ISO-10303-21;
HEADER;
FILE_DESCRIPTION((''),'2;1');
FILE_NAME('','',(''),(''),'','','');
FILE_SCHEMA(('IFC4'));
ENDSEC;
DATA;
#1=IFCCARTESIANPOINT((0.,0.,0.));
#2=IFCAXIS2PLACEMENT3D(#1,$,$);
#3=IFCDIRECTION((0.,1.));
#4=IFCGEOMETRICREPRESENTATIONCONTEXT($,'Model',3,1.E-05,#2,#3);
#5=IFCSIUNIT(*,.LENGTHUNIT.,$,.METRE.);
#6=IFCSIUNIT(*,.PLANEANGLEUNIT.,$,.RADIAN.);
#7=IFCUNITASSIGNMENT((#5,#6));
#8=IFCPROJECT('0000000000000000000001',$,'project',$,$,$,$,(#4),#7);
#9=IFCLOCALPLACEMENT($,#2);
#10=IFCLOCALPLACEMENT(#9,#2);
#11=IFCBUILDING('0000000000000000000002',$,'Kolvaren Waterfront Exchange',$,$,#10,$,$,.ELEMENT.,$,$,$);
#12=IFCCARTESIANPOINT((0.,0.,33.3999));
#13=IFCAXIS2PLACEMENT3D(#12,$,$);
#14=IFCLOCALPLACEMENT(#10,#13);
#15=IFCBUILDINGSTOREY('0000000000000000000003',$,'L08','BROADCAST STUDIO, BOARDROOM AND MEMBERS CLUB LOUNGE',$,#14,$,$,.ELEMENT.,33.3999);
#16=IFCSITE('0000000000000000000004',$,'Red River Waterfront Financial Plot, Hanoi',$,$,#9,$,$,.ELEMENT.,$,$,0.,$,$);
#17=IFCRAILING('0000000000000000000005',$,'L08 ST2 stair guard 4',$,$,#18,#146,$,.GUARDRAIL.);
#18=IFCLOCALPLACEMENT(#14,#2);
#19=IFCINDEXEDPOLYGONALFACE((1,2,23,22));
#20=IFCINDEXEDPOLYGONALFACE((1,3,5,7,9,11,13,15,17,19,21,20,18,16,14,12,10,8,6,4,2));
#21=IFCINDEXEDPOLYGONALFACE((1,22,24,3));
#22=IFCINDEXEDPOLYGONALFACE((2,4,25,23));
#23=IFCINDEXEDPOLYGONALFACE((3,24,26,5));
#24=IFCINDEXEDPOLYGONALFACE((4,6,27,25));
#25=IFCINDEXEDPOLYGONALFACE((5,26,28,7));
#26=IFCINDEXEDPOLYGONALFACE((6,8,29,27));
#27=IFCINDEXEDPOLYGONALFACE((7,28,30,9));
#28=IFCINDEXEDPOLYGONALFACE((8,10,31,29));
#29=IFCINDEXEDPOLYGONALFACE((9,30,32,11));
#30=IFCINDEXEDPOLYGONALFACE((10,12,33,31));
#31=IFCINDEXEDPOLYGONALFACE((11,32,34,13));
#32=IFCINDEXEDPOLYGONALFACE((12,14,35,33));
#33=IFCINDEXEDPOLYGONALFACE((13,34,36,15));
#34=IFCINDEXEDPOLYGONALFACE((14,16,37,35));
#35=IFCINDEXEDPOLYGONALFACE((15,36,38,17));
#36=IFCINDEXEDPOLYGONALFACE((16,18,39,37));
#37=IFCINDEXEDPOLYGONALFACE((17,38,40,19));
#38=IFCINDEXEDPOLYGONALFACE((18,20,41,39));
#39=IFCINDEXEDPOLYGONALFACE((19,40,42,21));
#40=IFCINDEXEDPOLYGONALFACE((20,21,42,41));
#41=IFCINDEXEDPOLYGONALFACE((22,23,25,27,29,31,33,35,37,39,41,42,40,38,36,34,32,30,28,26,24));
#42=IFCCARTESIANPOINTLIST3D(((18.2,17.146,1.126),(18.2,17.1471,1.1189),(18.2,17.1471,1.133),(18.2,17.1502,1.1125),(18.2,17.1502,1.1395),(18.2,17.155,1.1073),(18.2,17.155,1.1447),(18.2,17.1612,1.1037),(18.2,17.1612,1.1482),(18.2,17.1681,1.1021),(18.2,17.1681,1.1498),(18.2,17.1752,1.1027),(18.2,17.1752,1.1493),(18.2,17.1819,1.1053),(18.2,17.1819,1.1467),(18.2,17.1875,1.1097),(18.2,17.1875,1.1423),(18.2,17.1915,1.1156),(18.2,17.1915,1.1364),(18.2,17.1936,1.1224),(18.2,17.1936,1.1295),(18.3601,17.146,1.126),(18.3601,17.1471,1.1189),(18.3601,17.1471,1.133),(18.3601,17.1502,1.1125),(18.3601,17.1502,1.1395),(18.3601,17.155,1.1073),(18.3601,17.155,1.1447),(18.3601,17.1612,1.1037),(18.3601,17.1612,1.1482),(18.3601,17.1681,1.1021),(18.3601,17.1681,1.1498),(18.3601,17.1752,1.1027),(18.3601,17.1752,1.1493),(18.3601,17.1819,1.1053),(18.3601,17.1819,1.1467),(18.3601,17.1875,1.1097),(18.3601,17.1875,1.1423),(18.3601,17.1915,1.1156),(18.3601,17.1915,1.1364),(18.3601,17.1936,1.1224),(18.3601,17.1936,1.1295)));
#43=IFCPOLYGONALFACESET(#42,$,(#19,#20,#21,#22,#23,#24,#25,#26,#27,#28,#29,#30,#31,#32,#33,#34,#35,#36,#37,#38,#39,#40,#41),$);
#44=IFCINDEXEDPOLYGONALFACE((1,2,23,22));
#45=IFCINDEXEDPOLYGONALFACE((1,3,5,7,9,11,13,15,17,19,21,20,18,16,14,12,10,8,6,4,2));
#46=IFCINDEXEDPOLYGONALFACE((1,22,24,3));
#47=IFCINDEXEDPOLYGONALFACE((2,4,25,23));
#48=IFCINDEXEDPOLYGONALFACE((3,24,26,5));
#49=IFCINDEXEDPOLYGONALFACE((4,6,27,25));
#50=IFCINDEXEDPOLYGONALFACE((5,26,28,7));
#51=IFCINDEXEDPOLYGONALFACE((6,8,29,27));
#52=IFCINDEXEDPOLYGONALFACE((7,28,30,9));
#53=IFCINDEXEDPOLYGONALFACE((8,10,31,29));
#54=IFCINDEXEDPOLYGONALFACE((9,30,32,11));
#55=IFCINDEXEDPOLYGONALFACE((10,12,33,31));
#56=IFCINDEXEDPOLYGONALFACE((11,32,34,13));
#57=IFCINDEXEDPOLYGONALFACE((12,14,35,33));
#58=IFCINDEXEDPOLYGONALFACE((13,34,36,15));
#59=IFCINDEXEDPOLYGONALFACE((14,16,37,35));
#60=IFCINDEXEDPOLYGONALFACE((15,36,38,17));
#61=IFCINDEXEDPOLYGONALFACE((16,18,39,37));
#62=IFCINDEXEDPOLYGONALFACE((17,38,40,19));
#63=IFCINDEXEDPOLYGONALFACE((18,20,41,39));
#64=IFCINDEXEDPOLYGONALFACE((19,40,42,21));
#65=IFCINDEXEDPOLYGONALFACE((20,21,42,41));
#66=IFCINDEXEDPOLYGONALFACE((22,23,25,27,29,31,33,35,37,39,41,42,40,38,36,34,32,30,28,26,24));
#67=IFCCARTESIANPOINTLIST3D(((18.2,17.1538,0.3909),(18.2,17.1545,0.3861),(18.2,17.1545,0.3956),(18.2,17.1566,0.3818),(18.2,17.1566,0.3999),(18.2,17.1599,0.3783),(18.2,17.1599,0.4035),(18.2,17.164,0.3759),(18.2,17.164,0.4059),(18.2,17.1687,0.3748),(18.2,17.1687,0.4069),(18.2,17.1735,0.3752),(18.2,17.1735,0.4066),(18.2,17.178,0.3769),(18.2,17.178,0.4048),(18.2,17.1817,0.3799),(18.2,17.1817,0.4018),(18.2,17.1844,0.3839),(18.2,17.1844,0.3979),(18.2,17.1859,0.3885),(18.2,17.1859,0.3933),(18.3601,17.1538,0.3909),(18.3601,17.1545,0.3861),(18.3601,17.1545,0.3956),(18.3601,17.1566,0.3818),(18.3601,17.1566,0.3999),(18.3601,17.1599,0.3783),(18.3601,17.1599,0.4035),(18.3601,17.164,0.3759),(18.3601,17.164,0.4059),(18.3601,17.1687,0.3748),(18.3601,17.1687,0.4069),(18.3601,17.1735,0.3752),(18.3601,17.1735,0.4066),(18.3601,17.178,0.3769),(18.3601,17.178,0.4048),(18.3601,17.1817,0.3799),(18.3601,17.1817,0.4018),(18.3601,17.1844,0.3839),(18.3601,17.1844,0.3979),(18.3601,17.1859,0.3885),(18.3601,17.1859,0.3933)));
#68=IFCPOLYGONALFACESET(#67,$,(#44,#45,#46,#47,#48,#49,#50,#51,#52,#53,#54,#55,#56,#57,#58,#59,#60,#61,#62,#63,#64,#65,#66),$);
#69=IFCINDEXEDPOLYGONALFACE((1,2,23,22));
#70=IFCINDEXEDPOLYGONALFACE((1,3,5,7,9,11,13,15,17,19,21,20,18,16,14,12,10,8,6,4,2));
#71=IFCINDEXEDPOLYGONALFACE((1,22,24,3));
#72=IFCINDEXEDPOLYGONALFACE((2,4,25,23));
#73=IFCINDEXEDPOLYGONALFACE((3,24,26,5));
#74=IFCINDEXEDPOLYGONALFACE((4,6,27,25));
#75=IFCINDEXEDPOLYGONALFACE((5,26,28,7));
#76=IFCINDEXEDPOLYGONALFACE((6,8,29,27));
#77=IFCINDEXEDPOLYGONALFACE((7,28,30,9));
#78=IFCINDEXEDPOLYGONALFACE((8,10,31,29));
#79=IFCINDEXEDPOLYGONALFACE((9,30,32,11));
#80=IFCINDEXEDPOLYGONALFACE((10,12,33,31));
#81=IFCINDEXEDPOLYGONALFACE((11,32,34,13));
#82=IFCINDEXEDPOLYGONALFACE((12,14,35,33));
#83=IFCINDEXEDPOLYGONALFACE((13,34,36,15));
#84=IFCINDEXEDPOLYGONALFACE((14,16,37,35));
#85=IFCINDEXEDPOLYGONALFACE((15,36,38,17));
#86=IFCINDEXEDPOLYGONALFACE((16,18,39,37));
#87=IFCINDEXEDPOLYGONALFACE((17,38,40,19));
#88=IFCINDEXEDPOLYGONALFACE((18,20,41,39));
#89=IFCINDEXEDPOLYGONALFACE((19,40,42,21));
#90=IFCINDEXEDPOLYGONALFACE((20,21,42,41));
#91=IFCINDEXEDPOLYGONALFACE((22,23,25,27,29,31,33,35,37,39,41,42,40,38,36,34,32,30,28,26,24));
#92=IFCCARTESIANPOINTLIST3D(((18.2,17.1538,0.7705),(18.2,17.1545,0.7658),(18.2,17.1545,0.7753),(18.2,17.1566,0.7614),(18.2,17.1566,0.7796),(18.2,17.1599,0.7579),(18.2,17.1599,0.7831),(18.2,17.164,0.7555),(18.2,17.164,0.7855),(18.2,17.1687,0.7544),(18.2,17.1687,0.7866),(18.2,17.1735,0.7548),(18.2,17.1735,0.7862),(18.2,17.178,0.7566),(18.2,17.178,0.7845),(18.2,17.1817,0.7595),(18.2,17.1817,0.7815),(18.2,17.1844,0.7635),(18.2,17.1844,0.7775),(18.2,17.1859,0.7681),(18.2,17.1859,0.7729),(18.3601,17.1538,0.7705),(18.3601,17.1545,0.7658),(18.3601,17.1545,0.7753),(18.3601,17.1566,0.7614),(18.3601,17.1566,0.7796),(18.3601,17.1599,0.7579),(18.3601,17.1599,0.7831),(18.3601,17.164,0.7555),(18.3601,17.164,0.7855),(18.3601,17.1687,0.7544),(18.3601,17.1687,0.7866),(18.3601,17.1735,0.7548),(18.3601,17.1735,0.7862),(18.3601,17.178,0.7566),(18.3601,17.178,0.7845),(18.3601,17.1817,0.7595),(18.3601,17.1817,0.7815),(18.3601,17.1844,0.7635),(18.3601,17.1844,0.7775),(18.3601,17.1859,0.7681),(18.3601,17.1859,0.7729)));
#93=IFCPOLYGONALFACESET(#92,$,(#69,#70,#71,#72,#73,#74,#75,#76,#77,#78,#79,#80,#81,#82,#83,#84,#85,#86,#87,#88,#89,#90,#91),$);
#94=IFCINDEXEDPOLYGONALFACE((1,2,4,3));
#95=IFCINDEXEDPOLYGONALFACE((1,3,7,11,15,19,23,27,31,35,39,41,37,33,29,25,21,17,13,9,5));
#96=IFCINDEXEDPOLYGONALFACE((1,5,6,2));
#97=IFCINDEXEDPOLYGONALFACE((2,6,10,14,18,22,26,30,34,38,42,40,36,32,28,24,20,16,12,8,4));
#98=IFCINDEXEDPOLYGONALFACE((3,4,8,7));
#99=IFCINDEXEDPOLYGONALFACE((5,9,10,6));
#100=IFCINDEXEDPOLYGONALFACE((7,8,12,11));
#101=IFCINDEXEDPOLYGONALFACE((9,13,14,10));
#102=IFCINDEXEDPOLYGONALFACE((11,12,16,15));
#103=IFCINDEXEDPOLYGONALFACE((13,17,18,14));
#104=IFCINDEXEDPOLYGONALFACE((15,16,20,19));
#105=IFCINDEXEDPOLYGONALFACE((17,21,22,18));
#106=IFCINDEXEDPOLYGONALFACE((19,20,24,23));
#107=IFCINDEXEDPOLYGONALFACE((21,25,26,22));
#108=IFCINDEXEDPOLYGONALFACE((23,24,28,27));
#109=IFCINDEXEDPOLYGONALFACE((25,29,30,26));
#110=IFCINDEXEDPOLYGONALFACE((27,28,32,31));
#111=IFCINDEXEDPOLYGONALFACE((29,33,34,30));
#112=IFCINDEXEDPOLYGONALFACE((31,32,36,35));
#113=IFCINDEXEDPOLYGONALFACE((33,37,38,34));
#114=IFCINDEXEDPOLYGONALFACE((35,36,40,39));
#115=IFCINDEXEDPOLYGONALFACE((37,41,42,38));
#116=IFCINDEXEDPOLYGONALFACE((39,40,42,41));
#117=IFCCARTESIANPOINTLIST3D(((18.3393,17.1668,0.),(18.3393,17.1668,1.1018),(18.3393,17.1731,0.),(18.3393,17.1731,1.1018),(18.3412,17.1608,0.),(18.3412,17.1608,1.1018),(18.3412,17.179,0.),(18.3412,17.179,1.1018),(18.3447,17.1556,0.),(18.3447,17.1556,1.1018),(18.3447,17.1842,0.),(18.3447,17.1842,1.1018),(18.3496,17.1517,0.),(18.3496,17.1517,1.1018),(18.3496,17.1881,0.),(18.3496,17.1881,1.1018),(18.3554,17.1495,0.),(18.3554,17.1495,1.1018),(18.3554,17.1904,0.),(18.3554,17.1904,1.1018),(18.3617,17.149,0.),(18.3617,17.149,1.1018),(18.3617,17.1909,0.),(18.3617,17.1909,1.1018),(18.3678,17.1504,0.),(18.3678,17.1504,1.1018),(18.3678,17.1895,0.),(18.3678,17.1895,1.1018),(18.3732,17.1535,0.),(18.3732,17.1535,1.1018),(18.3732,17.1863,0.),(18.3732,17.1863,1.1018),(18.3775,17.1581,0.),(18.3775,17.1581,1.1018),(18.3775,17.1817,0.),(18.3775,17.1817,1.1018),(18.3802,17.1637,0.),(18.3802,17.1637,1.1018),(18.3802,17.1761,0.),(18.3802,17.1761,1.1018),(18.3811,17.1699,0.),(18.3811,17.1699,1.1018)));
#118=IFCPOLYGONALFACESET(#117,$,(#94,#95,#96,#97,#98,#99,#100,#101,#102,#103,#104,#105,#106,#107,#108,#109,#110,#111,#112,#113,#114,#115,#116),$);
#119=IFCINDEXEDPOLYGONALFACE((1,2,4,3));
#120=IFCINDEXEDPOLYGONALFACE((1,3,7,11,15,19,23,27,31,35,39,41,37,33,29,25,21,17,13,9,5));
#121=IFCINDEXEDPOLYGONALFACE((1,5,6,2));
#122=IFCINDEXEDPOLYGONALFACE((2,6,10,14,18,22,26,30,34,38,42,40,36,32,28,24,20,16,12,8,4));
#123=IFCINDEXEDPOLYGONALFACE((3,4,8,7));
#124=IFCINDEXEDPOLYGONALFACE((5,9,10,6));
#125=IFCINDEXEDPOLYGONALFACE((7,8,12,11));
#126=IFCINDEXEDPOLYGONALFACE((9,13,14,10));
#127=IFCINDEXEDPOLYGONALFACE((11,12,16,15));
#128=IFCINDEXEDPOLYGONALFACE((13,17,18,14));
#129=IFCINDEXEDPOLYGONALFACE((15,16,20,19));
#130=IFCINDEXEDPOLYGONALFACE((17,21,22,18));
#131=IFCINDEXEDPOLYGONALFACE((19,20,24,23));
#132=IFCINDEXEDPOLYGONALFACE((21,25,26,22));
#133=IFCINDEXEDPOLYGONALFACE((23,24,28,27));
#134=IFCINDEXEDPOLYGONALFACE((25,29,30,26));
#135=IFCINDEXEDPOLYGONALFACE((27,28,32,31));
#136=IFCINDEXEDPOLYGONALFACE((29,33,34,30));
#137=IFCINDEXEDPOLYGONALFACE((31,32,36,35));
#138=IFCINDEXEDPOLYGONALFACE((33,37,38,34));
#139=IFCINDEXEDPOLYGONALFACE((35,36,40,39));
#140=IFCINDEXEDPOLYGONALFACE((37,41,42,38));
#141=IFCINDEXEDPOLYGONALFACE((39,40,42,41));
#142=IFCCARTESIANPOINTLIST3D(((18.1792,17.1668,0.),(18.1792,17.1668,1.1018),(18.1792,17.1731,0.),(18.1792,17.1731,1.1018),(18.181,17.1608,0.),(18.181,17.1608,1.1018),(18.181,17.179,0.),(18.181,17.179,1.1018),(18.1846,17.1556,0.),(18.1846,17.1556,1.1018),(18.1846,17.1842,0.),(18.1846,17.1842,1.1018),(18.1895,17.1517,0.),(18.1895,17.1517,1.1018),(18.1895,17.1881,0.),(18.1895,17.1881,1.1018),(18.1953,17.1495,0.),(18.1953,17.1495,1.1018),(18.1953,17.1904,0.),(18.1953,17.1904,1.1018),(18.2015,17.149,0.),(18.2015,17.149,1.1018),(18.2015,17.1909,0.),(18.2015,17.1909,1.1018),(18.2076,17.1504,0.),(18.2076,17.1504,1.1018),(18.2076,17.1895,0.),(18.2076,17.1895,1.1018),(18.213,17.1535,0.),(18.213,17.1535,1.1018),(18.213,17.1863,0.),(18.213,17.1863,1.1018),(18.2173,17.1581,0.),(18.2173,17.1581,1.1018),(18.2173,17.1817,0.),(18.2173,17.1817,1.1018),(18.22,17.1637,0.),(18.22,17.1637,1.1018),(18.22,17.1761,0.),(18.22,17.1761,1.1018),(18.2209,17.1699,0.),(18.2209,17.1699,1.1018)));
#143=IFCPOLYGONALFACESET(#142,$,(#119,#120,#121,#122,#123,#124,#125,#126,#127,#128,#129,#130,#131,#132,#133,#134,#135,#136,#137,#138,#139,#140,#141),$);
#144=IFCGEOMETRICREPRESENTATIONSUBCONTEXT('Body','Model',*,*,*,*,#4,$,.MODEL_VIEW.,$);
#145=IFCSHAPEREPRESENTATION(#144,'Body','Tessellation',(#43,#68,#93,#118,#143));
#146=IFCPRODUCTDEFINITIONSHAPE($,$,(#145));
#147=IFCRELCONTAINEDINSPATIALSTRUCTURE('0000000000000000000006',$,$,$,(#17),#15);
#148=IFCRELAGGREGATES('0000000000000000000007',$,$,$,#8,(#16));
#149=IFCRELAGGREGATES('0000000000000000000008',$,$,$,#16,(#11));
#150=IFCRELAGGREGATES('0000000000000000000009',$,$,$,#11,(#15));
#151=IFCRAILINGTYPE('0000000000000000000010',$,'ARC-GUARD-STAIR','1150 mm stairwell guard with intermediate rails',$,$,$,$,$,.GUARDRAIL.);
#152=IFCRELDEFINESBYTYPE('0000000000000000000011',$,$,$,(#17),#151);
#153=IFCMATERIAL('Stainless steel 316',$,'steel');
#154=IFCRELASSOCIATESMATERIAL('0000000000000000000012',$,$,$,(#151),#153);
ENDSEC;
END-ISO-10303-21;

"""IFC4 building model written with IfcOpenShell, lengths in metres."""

from ifc_helpers import new_model, si_unit, direction, frame, origin, origin_2d, place, context, subcontext, project, spatial, circle, extrude, material, type_object, element, save


model = new_model("IFC4")

# Units and contexts
model_context = context("Model", 3, precision=1e-05, world=origin(), true_north=direction((0.0, 1.0)))
body_context = subcontext(model_context, "Body", "Model", "MODEL_VIEW")
ifc_project = project(units=[si_unit("LENGTHUNIT", "METRE"), si_unit("PLANEANGLEUNIT", "RADIAN")], contexts=[model_context])

# Site, building, storey
site_placement = place(None, origin())
site = spatial("IfcSite", under=ifc_project, at=site_placement, Name="Red River Waterfront Financial Plot, Hanoi", CompositionType="ELEMENT", RefElevation=0.0)
building_placement = place(site_placement, origin())
building = spatial("IfcBuilding", under=site, at=building_placement, Name="Kolvaren Waterfront Exchange", CompositionType="ELEMENT")
storey_placement = place(building_placement, frame((0.0, 0.0, 33.3999)))
storey = spatial("IfcBuildingStorey", under=building, at=storey_placement, Name="L08", Description="BROADCAST STUDIO, BOARDROOM AND MEMBERS CLUB LOUNGE", CompositionType="ELEMENT", Elevation=33.3999)

# Railing
ifc_material_1 = material(Name="Stainless steel 316", Category="steel")
railing_type_1 = type_object("IfcRailingType", Name="ARC-GUARD-STAIR", Description="1150 mm stairwell guard with intermediate rails", PredefinedType="GUARDRAIL", material=ifc_material_1)
railing_1_placement = place(storey_placement, frame((18.3601, 17.1699, 0.0)))
element("IfcRailing", 1, at=railing_1_placement, inside=storey, type_object=railing_type_1, Name="L08 ST2 stair guard 4", PredefinedType="GUARDRAIL", context=body_context, shape_type="SweptSolid", body=[
    extrude(circle(Radius=0.0239, at=origin_2d()), frame((0.0, 0.0, 1.126), z_axis=(-1.0, 0.0, 0.0), x_axis=(0.0, -1.0, 0.0)), (0.0, 0.0, 1.0), 0.1602),
    extrude(circle(Radius=0.0161, at=origin_2d()), frame((0.0, 0.0, 0.3909), z_axis=(-1.0, 0.0, 0.0), x_axis=(0.0, -1.0, 0.0)), (0.0, 0.0, 1.0), 0.1602),
    extrude(circle(Radius=0.0161, at=origin_2d()), frame((0.0, 0.0, 0.7705), z_axis=(-1.0, 0.0, 0.0), x_axis=(0.0, -1.0, 0.0)), (0.0, 0.0, 1.0), 0.1602),
    extrude(circle(Radius=0.021, at=origin_2d()), origin(), (0.0, 0.0, 1.0), 1.1018),
    extrude(circle(Radius=0.021, at=origin_2d()), frame((-0.1602, 0.0, 0.0)), (0.0, 0.0, 1.0), 1.1018),
])

save(model, "model.ifc")
